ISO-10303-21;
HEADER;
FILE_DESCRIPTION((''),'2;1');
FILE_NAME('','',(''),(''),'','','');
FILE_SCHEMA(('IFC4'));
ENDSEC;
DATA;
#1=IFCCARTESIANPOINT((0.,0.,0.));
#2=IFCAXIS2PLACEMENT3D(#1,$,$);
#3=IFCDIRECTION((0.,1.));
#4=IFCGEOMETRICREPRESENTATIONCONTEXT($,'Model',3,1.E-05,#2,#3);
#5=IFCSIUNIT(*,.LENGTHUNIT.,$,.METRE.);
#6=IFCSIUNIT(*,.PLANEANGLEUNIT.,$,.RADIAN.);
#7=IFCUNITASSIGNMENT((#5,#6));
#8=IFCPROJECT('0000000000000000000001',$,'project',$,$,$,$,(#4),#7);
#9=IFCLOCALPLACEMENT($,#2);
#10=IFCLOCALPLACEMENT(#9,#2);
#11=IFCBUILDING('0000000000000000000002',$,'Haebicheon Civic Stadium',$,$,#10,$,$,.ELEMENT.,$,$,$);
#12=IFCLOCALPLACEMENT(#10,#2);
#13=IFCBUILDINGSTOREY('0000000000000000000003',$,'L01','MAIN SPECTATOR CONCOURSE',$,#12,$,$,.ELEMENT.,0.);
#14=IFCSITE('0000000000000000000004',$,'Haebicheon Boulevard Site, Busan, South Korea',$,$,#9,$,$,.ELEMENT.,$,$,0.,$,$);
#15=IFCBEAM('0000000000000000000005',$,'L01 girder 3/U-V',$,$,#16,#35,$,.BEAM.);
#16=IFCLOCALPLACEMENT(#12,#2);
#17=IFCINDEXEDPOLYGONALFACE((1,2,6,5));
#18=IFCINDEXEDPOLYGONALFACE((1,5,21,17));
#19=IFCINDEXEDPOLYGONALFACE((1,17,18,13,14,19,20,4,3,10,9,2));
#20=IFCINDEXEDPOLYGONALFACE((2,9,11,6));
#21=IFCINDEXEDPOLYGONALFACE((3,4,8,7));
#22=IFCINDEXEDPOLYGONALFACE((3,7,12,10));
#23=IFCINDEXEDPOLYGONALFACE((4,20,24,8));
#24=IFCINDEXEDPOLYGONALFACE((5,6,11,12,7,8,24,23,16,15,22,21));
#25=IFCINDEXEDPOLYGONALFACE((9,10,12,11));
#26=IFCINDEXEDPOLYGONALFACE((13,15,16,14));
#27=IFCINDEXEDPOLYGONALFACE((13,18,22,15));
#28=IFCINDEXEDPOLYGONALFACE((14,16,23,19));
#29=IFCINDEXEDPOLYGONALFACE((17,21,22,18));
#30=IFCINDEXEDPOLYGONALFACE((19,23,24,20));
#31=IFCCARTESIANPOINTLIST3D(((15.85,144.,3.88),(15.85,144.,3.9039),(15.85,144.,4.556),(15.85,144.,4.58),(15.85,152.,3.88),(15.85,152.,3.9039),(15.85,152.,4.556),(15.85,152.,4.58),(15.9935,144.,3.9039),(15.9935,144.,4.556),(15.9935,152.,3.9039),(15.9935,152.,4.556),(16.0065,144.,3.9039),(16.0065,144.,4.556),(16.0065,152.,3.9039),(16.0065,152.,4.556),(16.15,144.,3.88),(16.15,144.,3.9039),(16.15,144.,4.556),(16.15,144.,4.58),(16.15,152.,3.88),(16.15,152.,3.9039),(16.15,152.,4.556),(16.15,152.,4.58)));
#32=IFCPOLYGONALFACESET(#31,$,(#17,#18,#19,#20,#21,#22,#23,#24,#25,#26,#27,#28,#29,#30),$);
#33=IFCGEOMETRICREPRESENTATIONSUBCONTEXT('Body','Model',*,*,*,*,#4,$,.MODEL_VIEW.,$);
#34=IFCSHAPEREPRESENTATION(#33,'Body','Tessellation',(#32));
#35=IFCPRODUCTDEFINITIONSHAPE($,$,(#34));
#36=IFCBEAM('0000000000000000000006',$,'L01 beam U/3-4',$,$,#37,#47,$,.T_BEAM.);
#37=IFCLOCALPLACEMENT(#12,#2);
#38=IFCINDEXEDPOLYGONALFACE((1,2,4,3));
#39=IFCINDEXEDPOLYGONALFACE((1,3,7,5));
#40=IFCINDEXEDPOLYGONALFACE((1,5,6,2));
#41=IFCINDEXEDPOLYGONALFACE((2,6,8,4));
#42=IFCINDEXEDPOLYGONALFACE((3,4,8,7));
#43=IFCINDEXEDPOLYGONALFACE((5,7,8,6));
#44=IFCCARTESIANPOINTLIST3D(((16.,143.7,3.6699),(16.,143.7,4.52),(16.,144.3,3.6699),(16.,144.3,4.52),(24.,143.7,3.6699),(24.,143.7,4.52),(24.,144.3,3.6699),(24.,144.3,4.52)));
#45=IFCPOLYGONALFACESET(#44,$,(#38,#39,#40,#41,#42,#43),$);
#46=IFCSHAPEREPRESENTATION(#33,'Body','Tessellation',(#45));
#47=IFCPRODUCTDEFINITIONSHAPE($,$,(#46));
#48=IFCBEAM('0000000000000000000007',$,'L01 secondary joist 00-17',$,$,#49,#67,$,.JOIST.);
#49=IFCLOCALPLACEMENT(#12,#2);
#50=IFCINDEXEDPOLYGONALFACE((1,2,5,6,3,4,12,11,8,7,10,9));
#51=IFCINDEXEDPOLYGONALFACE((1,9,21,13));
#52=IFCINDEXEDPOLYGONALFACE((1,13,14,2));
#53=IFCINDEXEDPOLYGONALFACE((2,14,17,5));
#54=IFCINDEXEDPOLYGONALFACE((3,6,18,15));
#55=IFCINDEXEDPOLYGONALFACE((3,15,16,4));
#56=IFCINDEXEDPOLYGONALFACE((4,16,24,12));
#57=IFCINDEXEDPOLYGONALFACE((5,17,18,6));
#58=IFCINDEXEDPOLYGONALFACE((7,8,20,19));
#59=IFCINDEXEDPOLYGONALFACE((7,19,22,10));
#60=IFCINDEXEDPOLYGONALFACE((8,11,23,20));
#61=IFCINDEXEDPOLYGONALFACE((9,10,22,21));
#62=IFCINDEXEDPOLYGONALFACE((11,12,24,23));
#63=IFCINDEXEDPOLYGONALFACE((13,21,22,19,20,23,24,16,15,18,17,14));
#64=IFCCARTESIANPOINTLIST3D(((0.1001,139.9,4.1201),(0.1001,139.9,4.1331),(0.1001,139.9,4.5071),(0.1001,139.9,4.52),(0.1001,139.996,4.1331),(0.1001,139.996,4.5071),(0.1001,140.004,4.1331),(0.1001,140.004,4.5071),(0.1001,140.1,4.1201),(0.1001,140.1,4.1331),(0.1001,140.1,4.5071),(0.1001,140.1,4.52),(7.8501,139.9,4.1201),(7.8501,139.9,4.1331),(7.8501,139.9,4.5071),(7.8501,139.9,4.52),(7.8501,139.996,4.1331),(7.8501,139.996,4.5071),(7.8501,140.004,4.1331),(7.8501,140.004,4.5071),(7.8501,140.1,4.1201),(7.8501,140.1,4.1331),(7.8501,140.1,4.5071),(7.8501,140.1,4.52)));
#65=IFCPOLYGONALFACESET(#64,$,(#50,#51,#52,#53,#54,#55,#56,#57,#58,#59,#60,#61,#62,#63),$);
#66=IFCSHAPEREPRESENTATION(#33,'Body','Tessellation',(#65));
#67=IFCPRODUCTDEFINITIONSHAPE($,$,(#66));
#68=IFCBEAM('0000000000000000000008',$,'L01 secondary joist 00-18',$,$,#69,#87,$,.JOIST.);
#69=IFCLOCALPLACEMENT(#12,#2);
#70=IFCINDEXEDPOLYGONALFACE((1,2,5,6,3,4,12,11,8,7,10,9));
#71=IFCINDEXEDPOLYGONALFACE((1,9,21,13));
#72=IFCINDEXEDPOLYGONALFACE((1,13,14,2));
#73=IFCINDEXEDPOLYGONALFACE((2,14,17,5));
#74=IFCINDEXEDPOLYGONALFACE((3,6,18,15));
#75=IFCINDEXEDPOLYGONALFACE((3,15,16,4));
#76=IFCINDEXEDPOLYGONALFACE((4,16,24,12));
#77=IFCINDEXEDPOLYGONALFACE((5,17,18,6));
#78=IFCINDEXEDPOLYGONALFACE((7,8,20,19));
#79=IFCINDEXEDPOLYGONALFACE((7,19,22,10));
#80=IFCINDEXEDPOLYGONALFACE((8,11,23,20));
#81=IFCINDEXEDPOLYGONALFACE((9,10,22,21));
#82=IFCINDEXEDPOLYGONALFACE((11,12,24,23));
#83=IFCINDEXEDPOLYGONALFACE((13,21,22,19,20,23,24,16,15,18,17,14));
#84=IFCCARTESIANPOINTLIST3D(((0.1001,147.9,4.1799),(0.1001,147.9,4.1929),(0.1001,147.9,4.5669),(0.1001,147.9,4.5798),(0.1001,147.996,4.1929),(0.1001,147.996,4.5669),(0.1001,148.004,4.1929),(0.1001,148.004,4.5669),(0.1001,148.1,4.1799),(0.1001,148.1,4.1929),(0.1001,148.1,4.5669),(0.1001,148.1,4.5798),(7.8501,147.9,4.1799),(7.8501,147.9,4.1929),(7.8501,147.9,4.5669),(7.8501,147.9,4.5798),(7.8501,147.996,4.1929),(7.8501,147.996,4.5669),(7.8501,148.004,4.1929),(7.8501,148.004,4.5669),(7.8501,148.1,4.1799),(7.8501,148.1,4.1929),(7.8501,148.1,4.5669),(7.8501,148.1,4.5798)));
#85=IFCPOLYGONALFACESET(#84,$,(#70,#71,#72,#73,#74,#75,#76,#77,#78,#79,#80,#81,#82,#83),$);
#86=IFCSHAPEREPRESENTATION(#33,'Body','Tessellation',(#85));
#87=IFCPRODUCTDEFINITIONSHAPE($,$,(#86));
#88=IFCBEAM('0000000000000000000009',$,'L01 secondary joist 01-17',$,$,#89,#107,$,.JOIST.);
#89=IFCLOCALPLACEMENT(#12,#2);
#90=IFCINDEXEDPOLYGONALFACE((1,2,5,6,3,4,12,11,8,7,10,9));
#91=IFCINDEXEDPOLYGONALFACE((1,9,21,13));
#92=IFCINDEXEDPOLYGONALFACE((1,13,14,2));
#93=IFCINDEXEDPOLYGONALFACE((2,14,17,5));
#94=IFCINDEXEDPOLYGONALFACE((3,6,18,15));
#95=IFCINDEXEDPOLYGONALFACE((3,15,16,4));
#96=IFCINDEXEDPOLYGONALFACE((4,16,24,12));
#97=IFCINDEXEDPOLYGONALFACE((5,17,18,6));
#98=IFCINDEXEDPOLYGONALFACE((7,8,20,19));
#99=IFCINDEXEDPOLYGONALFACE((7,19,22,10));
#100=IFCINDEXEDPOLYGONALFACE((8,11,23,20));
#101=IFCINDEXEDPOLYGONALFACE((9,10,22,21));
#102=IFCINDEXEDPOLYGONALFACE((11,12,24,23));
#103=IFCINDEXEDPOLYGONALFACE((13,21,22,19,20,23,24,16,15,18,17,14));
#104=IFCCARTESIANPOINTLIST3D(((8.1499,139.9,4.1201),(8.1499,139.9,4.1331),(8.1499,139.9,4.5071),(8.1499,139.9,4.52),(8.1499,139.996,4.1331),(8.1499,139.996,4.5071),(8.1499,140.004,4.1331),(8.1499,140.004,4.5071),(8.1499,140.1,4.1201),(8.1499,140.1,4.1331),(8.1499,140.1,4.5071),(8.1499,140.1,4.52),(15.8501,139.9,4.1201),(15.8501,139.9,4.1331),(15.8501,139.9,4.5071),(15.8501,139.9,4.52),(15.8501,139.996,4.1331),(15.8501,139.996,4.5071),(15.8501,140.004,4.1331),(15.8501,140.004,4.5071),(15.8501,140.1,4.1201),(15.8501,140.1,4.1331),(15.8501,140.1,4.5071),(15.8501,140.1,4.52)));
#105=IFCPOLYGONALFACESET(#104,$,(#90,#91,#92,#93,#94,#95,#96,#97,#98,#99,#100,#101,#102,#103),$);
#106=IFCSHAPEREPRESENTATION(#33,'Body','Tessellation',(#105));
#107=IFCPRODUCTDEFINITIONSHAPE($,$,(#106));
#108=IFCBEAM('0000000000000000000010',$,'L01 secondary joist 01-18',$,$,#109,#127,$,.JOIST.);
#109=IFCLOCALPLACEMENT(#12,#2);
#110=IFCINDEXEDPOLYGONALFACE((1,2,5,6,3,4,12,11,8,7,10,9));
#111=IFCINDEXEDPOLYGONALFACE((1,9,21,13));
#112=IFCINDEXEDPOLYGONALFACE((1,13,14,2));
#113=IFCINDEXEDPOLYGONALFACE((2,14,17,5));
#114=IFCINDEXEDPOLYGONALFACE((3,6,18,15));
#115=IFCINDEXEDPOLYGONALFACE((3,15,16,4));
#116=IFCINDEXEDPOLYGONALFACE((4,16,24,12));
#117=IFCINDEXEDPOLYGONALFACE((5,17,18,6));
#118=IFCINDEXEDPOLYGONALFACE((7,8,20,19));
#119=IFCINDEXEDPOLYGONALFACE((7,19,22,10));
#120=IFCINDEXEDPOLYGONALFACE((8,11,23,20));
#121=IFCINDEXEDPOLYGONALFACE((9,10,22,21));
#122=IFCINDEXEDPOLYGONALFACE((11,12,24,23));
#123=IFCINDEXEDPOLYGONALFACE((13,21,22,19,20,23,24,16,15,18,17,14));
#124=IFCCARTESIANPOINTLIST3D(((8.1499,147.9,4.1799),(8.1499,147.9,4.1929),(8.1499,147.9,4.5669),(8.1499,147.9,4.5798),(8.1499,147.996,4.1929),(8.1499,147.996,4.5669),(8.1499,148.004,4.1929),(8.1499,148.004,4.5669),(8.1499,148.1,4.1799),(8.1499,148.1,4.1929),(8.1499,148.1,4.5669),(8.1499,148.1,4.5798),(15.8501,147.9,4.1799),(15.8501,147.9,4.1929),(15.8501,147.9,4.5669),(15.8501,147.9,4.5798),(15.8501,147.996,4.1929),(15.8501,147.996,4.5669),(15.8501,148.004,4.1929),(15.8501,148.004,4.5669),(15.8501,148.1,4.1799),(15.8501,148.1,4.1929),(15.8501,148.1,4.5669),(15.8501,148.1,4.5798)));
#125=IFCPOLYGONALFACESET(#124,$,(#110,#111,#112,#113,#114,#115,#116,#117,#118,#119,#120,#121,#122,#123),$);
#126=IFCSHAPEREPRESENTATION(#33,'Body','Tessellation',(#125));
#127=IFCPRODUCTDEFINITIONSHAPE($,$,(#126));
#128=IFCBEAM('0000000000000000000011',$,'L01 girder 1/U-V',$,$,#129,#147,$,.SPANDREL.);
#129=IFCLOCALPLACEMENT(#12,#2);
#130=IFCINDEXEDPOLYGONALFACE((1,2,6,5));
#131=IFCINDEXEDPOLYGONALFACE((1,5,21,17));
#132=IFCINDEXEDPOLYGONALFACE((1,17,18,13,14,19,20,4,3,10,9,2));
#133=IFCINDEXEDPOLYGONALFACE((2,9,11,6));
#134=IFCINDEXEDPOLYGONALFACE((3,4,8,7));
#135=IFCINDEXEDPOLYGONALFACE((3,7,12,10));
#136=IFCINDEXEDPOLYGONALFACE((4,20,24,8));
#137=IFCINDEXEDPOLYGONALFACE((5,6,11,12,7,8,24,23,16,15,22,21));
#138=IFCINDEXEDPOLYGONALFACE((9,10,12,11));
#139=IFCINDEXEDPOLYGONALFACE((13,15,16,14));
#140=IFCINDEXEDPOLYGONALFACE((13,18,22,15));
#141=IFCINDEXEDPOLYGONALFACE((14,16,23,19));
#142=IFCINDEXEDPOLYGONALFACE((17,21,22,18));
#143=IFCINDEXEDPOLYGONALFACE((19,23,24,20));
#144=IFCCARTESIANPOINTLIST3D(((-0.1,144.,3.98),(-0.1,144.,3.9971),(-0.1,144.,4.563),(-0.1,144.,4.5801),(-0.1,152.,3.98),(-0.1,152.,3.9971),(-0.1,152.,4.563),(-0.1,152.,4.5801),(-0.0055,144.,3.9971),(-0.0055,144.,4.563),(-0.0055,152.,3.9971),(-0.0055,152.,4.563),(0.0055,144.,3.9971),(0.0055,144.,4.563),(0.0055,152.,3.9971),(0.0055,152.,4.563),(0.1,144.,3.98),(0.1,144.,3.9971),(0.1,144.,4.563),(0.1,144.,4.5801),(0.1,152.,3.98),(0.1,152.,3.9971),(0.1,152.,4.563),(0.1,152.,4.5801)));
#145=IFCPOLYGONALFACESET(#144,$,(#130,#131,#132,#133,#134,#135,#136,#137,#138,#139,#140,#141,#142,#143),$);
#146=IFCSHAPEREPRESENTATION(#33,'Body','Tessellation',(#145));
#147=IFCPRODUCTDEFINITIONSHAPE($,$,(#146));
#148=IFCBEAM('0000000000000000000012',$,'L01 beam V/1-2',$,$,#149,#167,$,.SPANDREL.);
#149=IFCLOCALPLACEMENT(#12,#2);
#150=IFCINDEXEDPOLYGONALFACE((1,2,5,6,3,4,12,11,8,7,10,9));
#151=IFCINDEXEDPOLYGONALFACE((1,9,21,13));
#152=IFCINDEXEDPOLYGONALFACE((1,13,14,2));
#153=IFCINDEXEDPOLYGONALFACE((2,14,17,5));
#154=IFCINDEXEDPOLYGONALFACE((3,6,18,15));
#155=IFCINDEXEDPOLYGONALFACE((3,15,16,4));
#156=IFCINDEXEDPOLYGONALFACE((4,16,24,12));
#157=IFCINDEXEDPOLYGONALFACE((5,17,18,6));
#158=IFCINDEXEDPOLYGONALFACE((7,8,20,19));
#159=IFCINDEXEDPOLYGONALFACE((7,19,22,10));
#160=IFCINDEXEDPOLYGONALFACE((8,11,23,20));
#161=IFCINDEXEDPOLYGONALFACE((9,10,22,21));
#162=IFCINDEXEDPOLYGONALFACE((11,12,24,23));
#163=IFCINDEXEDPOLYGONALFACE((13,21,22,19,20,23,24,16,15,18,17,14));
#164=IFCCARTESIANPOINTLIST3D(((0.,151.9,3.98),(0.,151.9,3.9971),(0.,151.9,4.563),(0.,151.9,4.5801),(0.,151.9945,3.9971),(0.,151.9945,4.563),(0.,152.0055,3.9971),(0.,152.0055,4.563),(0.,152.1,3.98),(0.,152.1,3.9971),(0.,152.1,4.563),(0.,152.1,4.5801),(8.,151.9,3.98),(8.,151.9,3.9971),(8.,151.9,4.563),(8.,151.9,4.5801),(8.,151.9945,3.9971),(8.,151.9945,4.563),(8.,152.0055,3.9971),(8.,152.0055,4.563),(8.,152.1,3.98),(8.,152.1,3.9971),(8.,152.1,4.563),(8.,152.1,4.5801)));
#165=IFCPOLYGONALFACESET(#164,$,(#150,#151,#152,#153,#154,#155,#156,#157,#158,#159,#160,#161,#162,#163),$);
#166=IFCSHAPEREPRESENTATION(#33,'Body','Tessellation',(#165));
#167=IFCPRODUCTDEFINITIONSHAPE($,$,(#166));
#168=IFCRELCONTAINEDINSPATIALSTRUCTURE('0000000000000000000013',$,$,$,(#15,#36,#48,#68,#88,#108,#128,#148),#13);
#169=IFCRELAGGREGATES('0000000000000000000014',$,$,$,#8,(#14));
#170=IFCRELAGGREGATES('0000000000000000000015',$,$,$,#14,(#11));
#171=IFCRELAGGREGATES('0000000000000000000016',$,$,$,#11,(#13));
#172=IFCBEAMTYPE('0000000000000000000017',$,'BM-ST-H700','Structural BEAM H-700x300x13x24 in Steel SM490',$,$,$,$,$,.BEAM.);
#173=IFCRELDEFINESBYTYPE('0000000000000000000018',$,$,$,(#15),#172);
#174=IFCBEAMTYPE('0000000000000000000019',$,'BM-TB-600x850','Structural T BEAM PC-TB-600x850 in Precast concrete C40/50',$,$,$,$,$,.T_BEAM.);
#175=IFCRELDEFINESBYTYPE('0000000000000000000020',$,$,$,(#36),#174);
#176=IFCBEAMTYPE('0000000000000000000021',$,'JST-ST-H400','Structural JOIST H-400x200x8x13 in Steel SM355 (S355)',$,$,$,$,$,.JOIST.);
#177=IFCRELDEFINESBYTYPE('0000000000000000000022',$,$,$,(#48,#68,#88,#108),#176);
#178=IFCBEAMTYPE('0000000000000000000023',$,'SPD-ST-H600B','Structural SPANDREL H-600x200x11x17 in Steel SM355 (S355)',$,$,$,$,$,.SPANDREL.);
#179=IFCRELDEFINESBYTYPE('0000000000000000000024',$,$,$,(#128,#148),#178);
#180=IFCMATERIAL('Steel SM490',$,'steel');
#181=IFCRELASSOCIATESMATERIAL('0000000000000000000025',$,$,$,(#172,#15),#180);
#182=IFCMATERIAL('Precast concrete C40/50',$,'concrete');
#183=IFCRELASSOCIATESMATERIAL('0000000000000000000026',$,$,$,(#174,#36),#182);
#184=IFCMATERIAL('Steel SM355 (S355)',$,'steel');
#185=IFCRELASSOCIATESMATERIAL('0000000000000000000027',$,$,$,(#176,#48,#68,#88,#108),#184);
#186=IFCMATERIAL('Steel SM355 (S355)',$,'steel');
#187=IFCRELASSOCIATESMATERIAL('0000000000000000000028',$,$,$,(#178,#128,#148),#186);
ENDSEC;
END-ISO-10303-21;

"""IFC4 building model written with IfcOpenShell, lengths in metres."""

from ifc_helpers import new_model, si_unit, direction, frame, origin, origin_2d, place, context, subcontext, project, spatial, rectangle, i_section, extrude, material, material_profile, profile_set, type_object, element, save


model = new_model("IFC4")

# Units and contexts
model_context = context("Model", 3, precision=1e-05, world=origin(), true_north=direction((0.0, 1.0)))
body_context = subcontext(model_context, "Body", "Model", "MODEL_VIEW")
ifc_project = project(units=[si_unit("LENGTHUNIT", "METRE"), si_unit("PLANEANGLEUNIT", "RADIAN")], contexts=[model_context])

# Site, building, storey
site_placement = place(None, origin())
site = spatial("IfcSite", under=ifc_project, at=site_placement, Name="Haebicheon Boulevard Site, Busan, South Korea", CompositionType="ELEMENT", RefElevation=0.0)
building_placement = place(site_placement, origin())
building = spatial("IfcBuilding", under=site, at=building_placement, Name="Haebicheon Civic Stadium", CompositionType="ELEMENT")
storey_placement = place(building_placement, origin())
storey = spatial("IfcBuildingStorey", under=building, at=storey_placement, Name="L01", Description="MAIN SPECTATOR CONCOURSE", CompositionType="ELEMENT", Elevation=0.0)

# Beams
ifc_material_1 = material(Name="Steel SM490", Category="steel")
ifc_material_profile_1 = material_profile(ifc_material_1, i_section(OverallWidth=0.3, OverallDepth=0.7, WebThickness=0.0129, FlangeThickness=0.0239, at=origin_2d()), Name="H-700x300x13x24")
ifc_profile_set_1 = profile_set([ifc_material_profile_1], Name="Steel SM490")
beam_type_1 = type_object("IfcBeamType", Name="BM-ST-H700", Description="Structural BEAM H-700x300x13x24 in Steel SM490", PredefinedType="BEAM", material=ifc_profile_set_1)
for number, where, z_axis, x_axis, name in (
    (1, (16.0, 144.0, 4.23), (0.0, 1.0, 0.0), (-1.0, 0.0, 0.0), "L01 girder 3/U-V"),
):
    element("IfcBeam", number, at=place(storey_placement, frame(where, z_axis=z_axis, x_axis=x_axis)), inside=storey, type_object=beam_type_1, material=ifc_profile_set_1, Name=name, PredefinedType="BEAM", context=body_context, shape_type="SweptSolid", body=[
        extrude(i_section(OverallWidth=0.3, OverallDepth=0.7, WebThickness=0.0129, FlangeThickness=0.0239, at=origin_2d()), origin(), (0.0, 0.0, 1.0), 8.0),
    ])
ifc_material_2 = material(Name="Precast concrete C40/50", Category="concrete")
ifc_material_profile_2 = material_profile(ifc_material_2, rectangle(XDim=0.6001, YDim=0.8501, at=origin_2d()), Name="PC-TB-600x850")
ifc_profile_set_2 = profile_set([ifc_material_profile_2], Name="Precast concrete C40/50")
beam_type_2 = type_object("IfcBeamType", Name="BM-TB-600x850", Description="Structural T BEAM PC-TB-600x850 in Precast concrete C40/50", PredefinedType="T_BEAM", material=ifc_profile_set_2)
beam_placement = place(storey_placement, frame((16.0, 144.0, 4.095), z_axis=(1.0, 0.0, 0.0), x_axis=(0.0, 1.0, 0.0)))
element("IfcBeam", 2, at=beam_placement, inside=storey, type_object=beam_type_2, material=ifc_profile_set_2, Name="L01 beam U/3-4", PredefinedType="T_BEAM", context=body_context, shape_type="SweptSolid", body=[
    extrude(rectangle(XDim=0.6001, YDim=0.8501, at=origin_2d()), origin(), (0.0, 0.0, 1.0), 8.0),
])
ifc_material_3 = material(Name="Steel SM355 (S355)", Category="steel")
ifc_material_profile_3 = material_profile(ifc_material_3, i_section(OverallWidth=0.2, OverallDepth=0.3999, WebThickness=0.0081, FlangeThickness=0.0129, at=origin_2d()), Name="H-400x200x8x13")
ifc_profile_set_3 = profile_set([ifc_material_profile_3], Name="Steel SM355 (S355)")
beam_type_3 = type_object("IfcBeamType", Name="JST-ST-H400", Description="Structural JOIST H-400x200x8x13 in Steel SM355 (S355)", PredefinedType="JOIST", material=ifc_profile_set_3)
for number, where, z_axis, x_axis, name in (
    (3, (0.1001, 140.0, 4.3201), (1.0, 0.0, 0.0), (0.0, 1.0, 0.0), "L01 secondary joist 00-17"),
    (4, (0.1001, 148.0, 4.3799), (1.0, 0.0, 0.0), (0.0, 1.0, 0.0), "L01 secondary joist 00-18"),
):
    element("IfcBeam", number, at=place(storey_placement, frame(where, z_axis=z_axis, x_axis=x_axis)), inside=storey, type_object=beam_type_3, material=ifc_profile_set_3, Name=name, PredefinedType="JOIST", context=body_context, shape_type="SweptSolid", body=[
        extrude(i_section(OverallWidth=0.2, OverallDepth=0.3999, WebThickness=0.0081, FlangeThickness=0.0129, at=origin_2d()), origin(), (0.0, 0.0, 1.0), 7.75),
    ])
for number, where, z_axis, x_axis, name in (
    (5, (8.1499, 140.0, 4.3201), (1.0, 0.0, 0.0), (0.0, 1.0, 0.0), "L01 secondary joist 01-17"),
    (6, (8.1499, 148.0, 4.3799), (1.0, 0.0, 0.0), (0.0, 1.0, 0.0), "L01 secondary joist 01-18"),
):
    element("IfcBeam", number, at=place(storey_placement, frame(where, z_axis=z_axis, x_axis=x_axis)), inside=storey, type_object=beam_type_3, material=ifc_profile_set_3, Name=name, PredefinedType="JOIST", context=body_context, shape_type="SweptSolid", body=[
        extrude(i_section(OverallWidth=0.2, OverallDepth=0.3999, WebThickness=0.0081, FlangeThickness=0.0129, at=origin_2d()), origin(), (0.0, 0.0, 1.0), 7.7002),
    ])
ifc_material_4 = material(Name="Steel SM355 (S355)", Category="steel")
ifc_material_profile_4 = material_profile(ifc_material_4, i_section(OverallWidth=0.2, OverallDepth=0.6001, WebThickness=0.011, FlangeThickness=0.0171, at=origin_2d()), Name="H-600x200x11x17")
ifc_profile_set_4 = profile_set([ifc_material_profile_4], Name="Steel SM355 (S355)")
beam_type_4 = type_object("IfcBeamType", Name="SPD-ST-H600B", Description="Structural SPANDREL H-600x200x11x17 in Steel SM355 (S355)", PredefinedType="SPANDREL", material=ifc_profile_set_4)
for number, where, z_axis, x_axis, name in (
    (7, (0.0, 144.0, 4.28), (0.0, 1.0, 0.0), (-1.0, 0.0, 0.0), "L01 girder 1/U-V"),
    (8, (0.0, 152.0, 4.28), (1.0, 0.0, 0.0), (0.0, 1.0, 0.0), "L01 beam V/1-2"),
):
    element("IfcBeam", number, at=place(storey_placement, frame(where, z_axis=z_axis, x_axis=x_axis)), inside=storey, type_object=beam_type_4, material=ifc_profile_set_4, Name=name, PredefinedType="SPANDREL", context=body_context, shape_type="SweptSolid", body=[
        extrude(i_section(OverallWidth=0.2, OverallDepth=0.6001, WebThickness=0.011, FlangeThickness=0.0171, at=origin_2d()), origin(), (0.0, 0.0, 1.0), 8.0),
    ])

save(model, "model.ifc")
